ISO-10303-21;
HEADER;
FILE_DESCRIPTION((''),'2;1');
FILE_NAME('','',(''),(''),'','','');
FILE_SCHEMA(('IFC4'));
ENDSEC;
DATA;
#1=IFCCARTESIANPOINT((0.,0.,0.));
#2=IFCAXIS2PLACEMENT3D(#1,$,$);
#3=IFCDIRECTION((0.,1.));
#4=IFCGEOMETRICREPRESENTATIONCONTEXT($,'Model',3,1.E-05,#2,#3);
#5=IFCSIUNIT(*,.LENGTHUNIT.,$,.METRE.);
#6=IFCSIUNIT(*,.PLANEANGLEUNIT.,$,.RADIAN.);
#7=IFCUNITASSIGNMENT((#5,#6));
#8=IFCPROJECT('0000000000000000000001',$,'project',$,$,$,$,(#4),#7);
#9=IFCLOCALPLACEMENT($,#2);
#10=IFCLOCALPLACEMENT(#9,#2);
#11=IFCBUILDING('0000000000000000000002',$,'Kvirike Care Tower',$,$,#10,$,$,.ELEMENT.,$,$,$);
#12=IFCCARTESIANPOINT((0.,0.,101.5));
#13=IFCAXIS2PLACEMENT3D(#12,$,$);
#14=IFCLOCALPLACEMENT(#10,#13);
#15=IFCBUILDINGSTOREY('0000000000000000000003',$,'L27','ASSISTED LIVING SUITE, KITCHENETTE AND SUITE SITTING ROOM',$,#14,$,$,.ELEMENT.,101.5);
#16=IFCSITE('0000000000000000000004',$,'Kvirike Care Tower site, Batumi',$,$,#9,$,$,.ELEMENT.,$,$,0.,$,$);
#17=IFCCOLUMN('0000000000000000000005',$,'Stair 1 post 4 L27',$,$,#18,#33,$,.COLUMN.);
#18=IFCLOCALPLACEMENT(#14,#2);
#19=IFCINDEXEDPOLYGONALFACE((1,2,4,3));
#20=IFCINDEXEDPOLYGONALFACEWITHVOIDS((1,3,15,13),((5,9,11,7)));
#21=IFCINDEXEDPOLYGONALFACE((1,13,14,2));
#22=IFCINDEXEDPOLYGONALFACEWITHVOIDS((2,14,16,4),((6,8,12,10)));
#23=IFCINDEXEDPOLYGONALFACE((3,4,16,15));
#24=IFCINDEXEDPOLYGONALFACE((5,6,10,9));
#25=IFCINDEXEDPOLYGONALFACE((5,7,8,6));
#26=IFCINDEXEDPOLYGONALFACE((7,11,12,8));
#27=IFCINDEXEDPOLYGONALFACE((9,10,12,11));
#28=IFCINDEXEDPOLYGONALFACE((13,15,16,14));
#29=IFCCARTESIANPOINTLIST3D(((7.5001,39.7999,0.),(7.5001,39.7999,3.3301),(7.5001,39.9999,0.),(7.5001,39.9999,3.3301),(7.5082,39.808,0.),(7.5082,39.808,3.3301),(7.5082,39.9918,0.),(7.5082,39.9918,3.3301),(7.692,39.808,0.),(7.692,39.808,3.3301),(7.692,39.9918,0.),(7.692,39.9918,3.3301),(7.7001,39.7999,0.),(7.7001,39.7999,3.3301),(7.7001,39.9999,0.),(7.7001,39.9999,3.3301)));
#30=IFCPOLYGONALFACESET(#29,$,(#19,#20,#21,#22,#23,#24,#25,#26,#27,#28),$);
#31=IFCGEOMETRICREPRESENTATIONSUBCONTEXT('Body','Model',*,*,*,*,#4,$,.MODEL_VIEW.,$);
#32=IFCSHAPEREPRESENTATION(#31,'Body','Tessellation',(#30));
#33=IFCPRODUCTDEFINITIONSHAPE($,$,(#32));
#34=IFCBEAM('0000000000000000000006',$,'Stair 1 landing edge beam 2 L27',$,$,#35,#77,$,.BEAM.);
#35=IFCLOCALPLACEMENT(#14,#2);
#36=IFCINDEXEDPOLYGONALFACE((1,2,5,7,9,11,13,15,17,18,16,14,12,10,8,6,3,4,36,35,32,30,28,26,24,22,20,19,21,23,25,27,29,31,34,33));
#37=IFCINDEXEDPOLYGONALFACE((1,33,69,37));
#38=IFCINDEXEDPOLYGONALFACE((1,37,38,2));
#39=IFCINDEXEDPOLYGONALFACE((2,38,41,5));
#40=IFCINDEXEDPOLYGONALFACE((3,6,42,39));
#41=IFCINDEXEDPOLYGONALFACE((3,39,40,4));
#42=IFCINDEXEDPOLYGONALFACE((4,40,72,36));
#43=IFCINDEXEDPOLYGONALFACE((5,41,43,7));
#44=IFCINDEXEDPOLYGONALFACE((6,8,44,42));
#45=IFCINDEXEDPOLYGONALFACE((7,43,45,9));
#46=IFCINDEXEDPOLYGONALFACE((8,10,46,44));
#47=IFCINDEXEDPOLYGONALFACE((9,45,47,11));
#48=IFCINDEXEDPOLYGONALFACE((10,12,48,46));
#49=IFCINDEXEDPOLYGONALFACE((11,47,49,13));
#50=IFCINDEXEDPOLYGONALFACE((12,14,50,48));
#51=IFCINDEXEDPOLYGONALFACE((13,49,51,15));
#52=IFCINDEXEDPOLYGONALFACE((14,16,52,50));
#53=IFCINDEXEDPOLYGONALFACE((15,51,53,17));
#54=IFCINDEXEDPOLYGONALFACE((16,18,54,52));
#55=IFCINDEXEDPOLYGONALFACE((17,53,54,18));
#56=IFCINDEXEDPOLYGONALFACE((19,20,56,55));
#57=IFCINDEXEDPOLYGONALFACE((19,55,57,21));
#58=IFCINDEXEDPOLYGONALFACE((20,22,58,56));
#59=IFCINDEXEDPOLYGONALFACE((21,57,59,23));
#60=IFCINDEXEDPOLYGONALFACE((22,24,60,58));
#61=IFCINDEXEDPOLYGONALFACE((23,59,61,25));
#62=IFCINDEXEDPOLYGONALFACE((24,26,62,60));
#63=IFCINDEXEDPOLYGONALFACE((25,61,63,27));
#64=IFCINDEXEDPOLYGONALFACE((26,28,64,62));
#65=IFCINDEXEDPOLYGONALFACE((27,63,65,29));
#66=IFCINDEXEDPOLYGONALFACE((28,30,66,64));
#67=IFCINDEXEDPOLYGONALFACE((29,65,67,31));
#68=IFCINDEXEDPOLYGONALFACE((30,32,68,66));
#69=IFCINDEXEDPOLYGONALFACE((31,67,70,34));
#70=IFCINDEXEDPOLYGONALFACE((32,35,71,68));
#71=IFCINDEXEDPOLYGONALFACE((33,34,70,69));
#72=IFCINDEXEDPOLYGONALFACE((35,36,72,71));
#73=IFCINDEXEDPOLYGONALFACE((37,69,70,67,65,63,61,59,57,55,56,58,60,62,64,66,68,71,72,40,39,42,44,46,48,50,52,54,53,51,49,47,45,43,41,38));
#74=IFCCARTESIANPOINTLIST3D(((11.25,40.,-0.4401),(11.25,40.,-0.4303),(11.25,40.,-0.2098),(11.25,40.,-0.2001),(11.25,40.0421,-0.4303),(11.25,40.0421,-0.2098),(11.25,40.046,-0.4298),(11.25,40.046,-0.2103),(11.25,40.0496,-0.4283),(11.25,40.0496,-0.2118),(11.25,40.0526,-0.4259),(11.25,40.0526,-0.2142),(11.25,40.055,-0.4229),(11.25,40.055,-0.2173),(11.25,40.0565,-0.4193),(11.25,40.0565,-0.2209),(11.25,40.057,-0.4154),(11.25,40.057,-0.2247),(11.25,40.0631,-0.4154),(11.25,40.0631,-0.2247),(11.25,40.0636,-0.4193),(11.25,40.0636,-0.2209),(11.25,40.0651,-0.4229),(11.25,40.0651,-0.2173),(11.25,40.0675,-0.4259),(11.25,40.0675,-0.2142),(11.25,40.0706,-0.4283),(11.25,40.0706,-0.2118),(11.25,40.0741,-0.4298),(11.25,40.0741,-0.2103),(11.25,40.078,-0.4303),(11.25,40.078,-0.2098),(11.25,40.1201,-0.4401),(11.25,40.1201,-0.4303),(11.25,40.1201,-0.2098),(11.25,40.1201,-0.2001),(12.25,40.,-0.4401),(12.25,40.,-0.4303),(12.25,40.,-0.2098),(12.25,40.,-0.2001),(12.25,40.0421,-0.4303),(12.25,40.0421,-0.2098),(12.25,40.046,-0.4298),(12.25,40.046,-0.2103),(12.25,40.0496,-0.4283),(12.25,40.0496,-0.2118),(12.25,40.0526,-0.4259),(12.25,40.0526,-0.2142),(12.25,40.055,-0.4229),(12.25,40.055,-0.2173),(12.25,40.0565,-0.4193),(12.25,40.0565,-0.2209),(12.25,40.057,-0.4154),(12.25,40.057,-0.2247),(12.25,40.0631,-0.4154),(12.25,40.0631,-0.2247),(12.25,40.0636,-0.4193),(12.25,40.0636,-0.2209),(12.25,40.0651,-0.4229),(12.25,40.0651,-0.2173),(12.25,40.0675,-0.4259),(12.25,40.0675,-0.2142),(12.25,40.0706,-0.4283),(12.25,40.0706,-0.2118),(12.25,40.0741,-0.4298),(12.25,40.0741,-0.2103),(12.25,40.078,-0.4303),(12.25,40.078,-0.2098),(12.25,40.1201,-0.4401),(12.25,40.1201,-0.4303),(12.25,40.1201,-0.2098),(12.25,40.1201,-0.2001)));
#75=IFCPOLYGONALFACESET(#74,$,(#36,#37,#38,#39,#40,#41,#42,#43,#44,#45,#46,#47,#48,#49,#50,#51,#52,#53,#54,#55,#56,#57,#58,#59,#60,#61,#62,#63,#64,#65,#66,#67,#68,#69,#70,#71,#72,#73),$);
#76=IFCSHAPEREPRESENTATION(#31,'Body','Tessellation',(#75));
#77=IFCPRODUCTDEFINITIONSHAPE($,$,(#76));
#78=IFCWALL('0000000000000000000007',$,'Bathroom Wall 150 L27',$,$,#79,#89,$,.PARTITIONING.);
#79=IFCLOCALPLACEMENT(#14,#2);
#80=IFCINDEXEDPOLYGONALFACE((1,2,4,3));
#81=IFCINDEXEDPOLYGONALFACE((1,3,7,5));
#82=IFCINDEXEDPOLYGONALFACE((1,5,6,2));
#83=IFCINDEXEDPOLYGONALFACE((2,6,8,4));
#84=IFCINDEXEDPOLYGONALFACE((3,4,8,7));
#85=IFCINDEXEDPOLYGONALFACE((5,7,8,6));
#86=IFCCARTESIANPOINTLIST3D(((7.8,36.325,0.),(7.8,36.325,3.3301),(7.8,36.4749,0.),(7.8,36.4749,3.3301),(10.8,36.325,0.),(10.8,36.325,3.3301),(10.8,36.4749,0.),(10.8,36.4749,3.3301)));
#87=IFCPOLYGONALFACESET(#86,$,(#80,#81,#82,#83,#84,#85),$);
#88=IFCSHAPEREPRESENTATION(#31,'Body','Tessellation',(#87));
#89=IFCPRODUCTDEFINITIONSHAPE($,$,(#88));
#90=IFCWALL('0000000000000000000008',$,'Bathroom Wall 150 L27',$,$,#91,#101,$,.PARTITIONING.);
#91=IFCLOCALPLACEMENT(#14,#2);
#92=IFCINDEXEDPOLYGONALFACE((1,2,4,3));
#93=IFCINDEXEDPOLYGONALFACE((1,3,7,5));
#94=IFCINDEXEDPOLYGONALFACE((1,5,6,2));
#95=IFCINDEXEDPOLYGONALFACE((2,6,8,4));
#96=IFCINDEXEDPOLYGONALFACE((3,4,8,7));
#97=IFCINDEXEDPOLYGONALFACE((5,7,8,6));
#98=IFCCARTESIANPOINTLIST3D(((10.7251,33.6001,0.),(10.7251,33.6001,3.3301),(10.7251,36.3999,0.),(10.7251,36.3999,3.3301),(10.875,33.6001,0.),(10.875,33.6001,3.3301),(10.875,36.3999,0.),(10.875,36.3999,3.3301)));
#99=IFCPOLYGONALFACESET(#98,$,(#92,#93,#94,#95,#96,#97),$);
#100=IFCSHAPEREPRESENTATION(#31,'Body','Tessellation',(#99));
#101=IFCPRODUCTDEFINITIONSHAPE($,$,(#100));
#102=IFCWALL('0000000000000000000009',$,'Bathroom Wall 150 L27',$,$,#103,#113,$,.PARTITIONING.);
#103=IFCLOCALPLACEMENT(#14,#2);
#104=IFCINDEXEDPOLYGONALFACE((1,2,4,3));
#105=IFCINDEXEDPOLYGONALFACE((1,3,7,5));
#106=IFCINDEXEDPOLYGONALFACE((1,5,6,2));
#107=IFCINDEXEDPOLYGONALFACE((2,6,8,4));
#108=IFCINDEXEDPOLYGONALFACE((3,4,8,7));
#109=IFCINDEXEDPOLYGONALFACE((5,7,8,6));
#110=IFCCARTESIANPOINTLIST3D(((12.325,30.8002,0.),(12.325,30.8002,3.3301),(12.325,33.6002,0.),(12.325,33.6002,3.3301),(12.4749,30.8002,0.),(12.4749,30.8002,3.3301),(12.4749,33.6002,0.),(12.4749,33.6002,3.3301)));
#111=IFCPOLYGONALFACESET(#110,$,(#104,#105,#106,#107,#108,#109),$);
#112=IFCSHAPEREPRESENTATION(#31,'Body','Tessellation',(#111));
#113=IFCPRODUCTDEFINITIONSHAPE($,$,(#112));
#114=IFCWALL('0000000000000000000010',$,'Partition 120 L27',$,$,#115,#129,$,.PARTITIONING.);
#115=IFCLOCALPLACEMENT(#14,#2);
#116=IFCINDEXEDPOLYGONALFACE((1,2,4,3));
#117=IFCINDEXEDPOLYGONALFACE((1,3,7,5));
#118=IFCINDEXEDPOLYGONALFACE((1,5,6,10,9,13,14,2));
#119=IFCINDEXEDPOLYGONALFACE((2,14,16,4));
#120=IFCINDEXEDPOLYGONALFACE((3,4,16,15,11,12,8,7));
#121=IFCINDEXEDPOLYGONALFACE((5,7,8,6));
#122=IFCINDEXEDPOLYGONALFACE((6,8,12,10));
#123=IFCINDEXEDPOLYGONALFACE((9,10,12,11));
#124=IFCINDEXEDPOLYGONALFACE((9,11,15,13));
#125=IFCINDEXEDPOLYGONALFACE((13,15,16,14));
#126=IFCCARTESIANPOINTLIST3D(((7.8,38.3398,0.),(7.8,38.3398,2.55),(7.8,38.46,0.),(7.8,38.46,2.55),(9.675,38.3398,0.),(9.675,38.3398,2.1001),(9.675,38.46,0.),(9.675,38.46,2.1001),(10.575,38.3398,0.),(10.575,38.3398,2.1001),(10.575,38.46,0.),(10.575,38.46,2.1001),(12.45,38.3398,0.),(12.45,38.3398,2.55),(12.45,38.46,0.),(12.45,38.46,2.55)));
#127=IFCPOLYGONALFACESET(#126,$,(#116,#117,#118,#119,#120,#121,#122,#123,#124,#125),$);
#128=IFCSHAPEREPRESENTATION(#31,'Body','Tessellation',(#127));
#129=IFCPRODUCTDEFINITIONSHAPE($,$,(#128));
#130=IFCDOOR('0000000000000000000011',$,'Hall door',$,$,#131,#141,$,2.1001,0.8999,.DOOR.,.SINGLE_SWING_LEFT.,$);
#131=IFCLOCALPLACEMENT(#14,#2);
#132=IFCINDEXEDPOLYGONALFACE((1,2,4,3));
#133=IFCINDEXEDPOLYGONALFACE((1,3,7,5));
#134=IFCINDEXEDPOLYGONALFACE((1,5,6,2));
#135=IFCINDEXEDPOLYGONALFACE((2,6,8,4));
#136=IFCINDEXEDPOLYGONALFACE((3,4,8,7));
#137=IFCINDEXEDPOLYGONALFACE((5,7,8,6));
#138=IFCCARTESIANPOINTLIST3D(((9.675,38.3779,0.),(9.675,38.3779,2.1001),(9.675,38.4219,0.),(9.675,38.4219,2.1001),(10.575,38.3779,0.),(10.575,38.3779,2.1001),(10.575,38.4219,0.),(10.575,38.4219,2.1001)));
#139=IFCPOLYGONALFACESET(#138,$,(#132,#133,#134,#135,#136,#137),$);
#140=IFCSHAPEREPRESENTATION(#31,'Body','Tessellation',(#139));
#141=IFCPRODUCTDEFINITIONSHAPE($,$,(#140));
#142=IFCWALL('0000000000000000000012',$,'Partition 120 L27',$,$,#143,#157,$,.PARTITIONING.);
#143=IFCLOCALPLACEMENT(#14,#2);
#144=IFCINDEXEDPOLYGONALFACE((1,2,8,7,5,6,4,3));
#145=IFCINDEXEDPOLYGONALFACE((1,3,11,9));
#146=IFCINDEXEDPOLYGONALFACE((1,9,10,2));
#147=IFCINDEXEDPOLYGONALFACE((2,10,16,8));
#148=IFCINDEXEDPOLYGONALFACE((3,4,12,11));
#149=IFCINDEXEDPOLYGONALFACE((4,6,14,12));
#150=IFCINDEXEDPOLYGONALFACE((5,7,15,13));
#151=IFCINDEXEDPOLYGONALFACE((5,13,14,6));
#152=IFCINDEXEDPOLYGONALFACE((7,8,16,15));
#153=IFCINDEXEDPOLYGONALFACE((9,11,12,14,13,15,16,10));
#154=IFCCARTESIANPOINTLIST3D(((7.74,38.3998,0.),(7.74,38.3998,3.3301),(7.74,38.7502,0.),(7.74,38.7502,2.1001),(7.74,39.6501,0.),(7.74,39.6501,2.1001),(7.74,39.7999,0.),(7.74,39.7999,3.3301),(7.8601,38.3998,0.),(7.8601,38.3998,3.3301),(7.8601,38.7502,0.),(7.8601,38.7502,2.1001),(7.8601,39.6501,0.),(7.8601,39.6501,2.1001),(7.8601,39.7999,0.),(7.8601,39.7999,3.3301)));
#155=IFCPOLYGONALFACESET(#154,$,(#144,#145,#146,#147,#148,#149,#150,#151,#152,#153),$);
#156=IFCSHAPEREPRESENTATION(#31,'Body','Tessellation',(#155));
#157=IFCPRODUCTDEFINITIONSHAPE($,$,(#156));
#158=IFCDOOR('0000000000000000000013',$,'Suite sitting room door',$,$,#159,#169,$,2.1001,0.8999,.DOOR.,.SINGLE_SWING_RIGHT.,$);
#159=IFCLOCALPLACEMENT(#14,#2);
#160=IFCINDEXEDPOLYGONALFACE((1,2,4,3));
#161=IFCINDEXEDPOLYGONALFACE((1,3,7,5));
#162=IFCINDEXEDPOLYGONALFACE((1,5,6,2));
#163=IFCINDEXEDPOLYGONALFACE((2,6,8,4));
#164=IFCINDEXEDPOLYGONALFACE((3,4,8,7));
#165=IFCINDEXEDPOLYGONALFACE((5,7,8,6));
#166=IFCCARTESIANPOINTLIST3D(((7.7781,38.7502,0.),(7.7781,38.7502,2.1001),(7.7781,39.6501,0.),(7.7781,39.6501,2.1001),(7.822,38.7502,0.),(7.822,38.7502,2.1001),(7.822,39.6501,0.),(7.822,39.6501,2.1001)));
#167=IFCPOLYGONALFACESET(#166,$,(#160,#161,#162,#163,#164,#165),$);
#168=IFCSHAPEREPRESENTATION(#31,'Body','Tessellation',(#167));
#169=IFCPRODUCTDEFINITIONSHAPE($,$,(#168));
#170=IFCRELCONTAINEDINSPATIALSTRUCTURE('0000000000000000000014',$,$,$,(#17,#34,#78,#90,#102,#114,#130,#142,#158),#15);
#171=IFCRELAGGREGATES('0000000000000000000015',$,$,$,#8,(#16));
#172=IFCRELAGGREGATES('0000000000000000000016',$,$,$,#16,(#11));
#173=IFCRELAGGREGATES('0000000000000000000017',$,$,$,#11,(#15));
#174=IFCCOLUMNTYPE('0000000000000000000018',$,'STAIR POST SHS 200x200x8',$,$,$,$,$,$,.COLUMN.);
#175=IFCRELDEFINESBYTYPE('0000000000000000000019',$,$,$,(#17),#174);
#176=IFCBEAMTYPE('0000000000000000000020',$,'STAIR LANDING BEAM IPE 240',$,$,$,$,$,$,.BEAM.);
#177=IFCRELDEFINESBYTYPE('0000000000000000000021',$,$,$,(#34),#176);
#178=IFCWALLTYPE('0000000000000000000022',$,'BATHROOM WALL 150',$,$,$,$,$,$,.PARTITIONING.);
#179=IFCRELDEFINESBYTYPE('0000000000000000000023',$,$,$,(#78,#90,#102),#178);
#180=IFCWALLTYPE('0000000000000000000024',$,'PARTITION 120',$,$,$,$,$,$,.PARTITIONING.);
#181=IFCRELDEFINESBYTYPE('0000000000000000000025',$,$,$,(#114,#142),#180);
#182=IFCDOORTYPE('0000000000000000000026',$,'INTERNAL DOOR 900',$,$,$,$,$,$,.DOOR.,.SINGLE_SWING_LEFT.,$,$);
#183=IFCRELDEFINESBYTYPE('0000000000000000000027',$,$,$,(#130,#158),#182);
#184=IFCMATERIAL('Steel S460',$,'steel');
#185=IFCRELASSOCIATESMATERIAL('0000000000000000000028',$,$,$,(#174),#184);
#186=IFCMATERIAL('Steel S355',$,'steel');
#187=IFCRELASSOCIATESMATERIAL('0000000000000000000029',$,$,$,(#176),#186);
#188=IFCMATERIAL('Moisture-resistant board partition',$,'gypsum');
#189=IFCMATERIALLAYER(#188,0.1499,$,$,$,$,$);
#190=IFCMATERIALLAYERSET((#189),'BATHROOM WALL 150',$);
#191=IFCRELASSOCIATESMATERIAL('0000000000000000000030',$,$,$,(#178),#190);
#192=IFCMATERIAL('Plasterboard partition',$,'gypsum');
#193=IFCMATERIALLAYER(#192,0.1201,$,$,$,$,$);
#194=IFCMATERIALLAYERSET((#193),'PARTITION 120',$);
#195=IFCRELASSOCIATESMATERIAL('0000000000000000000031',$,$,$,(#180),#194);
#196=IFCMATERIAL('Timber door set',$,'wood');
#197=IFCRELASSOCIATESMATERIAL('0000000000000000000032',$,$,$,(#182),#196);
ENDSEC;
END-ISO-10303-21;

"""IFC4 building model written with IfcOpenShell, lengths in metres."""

from ifc_helpers import new_model, si_unit, direction, frame, frame_2d, origin, origin_2d, place, context, subcontext, project, spatial, rectangle, hollow_rectangle, i_section, extrude, material, layer, layer_set, material_profile, profile_set, type_object, element, fill, save


model = new_model("IFC4")

# Units and contexts
model_context = context("Model", 3, precision=1e-05, world=origin(), true_north=direction((0.0, 1.0)))
body_context = subcontext(model_context, "Body", "Model", "MODEL_VIEW")
ifc_project = project(units=[si_unit("LENGTHUNIT", "METRE"), si_unit("PLANEANGLEUNIT", "RADIAN")], contexts=[model_context])

# Site, building, storey
site_placement = place(None, origin())
site = spatial("IfcSite", under=ifc_project, at=site_placement, Name="Kvirike Care Tower site, Batumi", CompositionType="ELEMENT", RefElevation=0.0)
building_placement = place(site_placement, origin())
building = spatial("IfcBuilding", under=site, at=building_placement, Name="Kvirike Care Tower", CompositionType="ELEMENT")
storey_placement = place(building_placement, frame((0.0, 0.0, 101.5)))
storey = spatial("IfcBuildingStorey", under=building, at=storey_placement, Name="L27", Description="ASSISTED LIVING SUITE, KITCHENETTE AND SUITE SITTING ROOM", CompositionType="ELEMENT", Elevation=101.5)

# Column
ifc_material_1 = material(Name="Steel S460", Category="steel")
ifc_material_profile_1 = material_profile(ifc_material_1, hollow_rectangle(XDim=0.2, YDim=0.2, WallThickness=0.0081, at=origin_2d()), Name="SHS 200x200x8")
ifc_profile_set_1 = profile_set([ifc_material_profile_1], Name="Steel S460")
column_type = type_object("IfcColumnType", Name="STAIR POST SHS 200x200x8", PredefinedType="COLUMN", material=ifc_profile_set_1)
column_placement = place(storey_placement, frame((7.6001, 39.8999, 0.0), z_axis=(0.0, 0.0, 1.0), x_axis=(1.0, 0.0, 0.0)))
element("IfcColumn", 1, at=column_placement, inside=storey, type_object=column_type, Name="Stair 1 post 4 L27", PredefinedType="COLUMN", context=body_context, shape_type="SweptSolid", body=[
    extrude(hollow_rectangle(XDim=0.2, YDim=0.2, WallThickness=0.0081, at=origin_2d()), origin(), (0.0, 0.0, 1.0), 3.3301),
])

# Beam
ifc_material_2 = material(Name="Steel S355", Category="steel")
ifc_material_profile_2 = material_profile(ifc_material_2, i_section(OverallWidth=0.1201, OverallDepth=0.24, WebThickness=0.0061, FlangeThickness=0.0098, FilletRadius=0.0149, at=origin_2d()), Name="IPE 240")
ifc_profile_set_2 = profile_set([ifc_material_profile_2], Name="Steel S355")
beam_type = type_object("IfcBeamType", Name="STAIR LANDING BEAM IPE 240", PredefinedType="BEAM", material=ifc_profile_set_2)
beam_placement = place(storey_placement, frame((11.25, 40.0601, -0.3201), z_axis=(1.0, 0.0, 0.0), x_axis=(0.0, 1.0, 0.0)))
element("IfcBeam", 2, at=beam_placement, inside=storey, type_object=beam_type, Name="Stair 1 landing edge beam 2 L27", PredefinedType="BEAM", context=body_context, shape_type="SweptSolid", body=[
    extrude(i_section(OverallWidth=0.1201, OverallDepth=0.24, WebThickness=0.0061, FlangeThickness=0.0098, FilletRadius=0.0149, at=origin_2d()), origin(), (0.0, 0.0, 1.0), 1.0),
])

# Walls
ifc_material_3 = material(Name="Moisture-resistant board partition", Category="gypsum")
ifc_layer_1 = layer(ifc_material_3, 0.1499)
ifc_layer_set_1 = layer_set([ifc_layer_1], Name="BATHROOM WALL 150")
wall_type_1 = type_object("IfcWallType", Name="BATHROOM WALL 150", PredefinedType="PARTITIONING", material=ifc_layer_set_1)
wall_1_placement = place(storey_placement, frame((7.8, 36.3999, 0.0), z_axis=(0.0, 0.0, 1.0), x_axis=(1.0, 0.0, 0.0)))
element("IfcWall", 3, at=wall_1_placement, inside=storey, type_object=wall_type_1, Name="Bathroom Wall 150 L27", PredefinedType="PARTITIONING", context=body_context, shape_type="SweptSolid", body=[
    extrude(rectangle(XDim=3.0, YDim=0.1499, at=frame_2d((1.5, 0.0))), origin(), (0.0, 0.0, 1.0), 3.3301),
])
wall_2_placement = place(storey_placement, frame((10.8, 36.3999, 0.0), z_axis=(0.0, 0.0, 1.0), x_axis=(0.0, -1.0, 0.0)))
element("IfcWall", 4, at=wall_2_placement, inside=storey, type_object=wall_type_1, Name="Bathroom Wall 150 L27", PredefinedType="PARTITIONING", context=body_context, shape_type="SweptSolid", body=[
    extrude(rectangle(XDim=2.7998, YDim=0.1499, at=frame_2d((1.3999, 0.0))), origin(), (0.0, 0.0, 1.0), 3.3301),
])
wall_3_placement = place(storey_placement, frame((12.3999, 33.6001, 0.0), z_axis=(0.0, 0.0, 1.0), x_axis=(0.0, -1.0, 0.0)))
element("IfcWall", 5, at=wall_3_placement, inside=storey, type_object=wall_type_1, Name="Bathroom Wall 150 L27", PredefinedType="PARTITIONING", context=body_context, shape_type="SweptSolid", body=[
    extrude(rectangle(XDim=2.8, YDim=0.1499, at=frame_2d((1.3999, 0.0))), origin(), (0.0, 0.0, 1.0), 3.3301),
])

# Walls, openings, doors
ifc_material_4 = material(Name="Plasterboard partition", Category="gypsum")
ifc_layer_2 = layer(ifc_material_4, 0.1201)
ifc_layer_set_2 = layer_set([ifc_layer_2], Name="PARTITION 120")
wall_type_2 = type_object("IfcWallType", Name="PARTITION 120", PredefinedType="PARTITIONING", material=ifc_layer_set_2)
wall_4_placement = place(storey_placement, frame((7.8, 38.3999, 0.0), z_axis=(0.0, 0.0, 1.0), x_axis=(1.0, 0.0, 0.0)))
wall_4 = element("IfcWall", 6, at=wall_4_placement, inside=storey, type_object=wall_type_2, Name="Partition 120 L27", PredefinedType="PARTITIONING", context=body_context, shape_type="SweptSolid", body=[
    extrude(rectangle(XDim=4.6499, YDim=0.1201, at=frame_2d((2.325, 0.0))), origin(), (0.0, 0.0, 1.0), 2.55),
])
opening_1_placement = place(wall_4_placement, frame((1.875, 0.0, 0.0)))
opening_1 = element("IfcOpeningElement", 7, at=opening_1_placement, cuts=wall_4, PredefinedType="OPENING", context=body_context, shape_type="SweptSolid", body=[
    extrude(rectangle(XDim=0.8999, YDim=2.1001, at=frame_2d((0.45, 1.05))), frame((0.0, 0.0706, 0.0), z_axis=(0.0, -1.0, 0.0), x_axis=(1.0, 0.0, 0.0)), (0.0, 0.0, 1.0), 0.1411),
])
ifc_material_5 = material(Name="Timber door set", Category="wood")
door_type_1 = type_object("IfcDoorType", Name="INTERNAL DOOR 900", OperationType="SINGLE_SWING_LEFT", PredefinedType="DOOR", material=ifc_material_5)
door_1_placement = place(opening_1_placement, origin())
door_1 = element("IfcDoor", 8, at=door_1_placement, inside=storey, type_object=door_type_1, Name="Hall door", OperationType="SINGLE_SWING_LEFT", OverallHeight=2.1001, OverallWidth=0.8999, PredefinedType="DOOR", context=body_context, shape_type="SweptSolid", body=[
    extrude(rectangle(XDim=0.8999, YDim=2.1001, at=frame_2d((0.45, 1.05))), frame((0.0, 0.022, 0.0), z_axis=(0.0, -1.0, 0.0), x_axis=(1.0, 0.0, 0.0)), (0.0, 0.0, 1.0), 0.0439),
])
fill(opening_1, door_1)
wall_5_placement = place(storey_placement, frame((7.8, 39.8, 0.0), z_axis=(0.0, 0.0, 1.0), x_axis=(0.0, -1.0, 0.0)))
wall_5 = element("IfcWall", 9, at=wall_5_placement, inside=storey, type_object=wall_type_2, Name="Partition 120 L27", PredefinedType="PARTITIONING", context=body_context, shape_type="SweptSolid", body=[
    extrude(rectangle(XDim=1.4001, YDim=0.1201, at=frame_2d((0.7002, 0.0))), origin(), (0.0, 0.0, 1.0), 3.3301),
])
opening_2_placement = place(wall_5_placement, frame((0.1499, 0.0, 0.0)))
opening_2 = element("IfcOpeningElement", 10, at=opening_2_placement, cuts=wall_5, PredefinedType="OPENING", context=body_context, shape_type="SweptSolid", body=[
    extrude(rectangle(XDim=0.8999, YDim=2.1001, at=frame_2d((0.45, 1.05))), frame((0.0, 0.0706, 0.0), z_axis=(0.0, -1.0, 0.0), x_axis=(1.0, 0.0, 0.0)), (0.0, 0.0, 1.0), 0.1411),
])
door_2_placement = place(opening_2_placement, origin())
door_2 = element("IfcDoor", 11, at=door_2_placement, inside=storey, type_object=door_type_1, Name="Suite sitting room door", OperationType="SINGLE_SWING_RIGHT", OverallHeight=2.1001, OverallWidth=0.8999, PredefinedType="DOOR", context=body_context, shape_type="SweptSolid", body=[
    extrude(rectangle(XDim=0.8999, YDim=2.1001, at=frame_2d((0.45, 1.05))), frame((0.0, 0.022, 0.0), z_axis=(0.0, -1.0, 0.0), x_axis=(1.0, 0.0, 0.0)), (0.0, 0.0, 1.0), 0.0439),
])
fill(opening_2, door_2)

save(model, "model.ifc")
